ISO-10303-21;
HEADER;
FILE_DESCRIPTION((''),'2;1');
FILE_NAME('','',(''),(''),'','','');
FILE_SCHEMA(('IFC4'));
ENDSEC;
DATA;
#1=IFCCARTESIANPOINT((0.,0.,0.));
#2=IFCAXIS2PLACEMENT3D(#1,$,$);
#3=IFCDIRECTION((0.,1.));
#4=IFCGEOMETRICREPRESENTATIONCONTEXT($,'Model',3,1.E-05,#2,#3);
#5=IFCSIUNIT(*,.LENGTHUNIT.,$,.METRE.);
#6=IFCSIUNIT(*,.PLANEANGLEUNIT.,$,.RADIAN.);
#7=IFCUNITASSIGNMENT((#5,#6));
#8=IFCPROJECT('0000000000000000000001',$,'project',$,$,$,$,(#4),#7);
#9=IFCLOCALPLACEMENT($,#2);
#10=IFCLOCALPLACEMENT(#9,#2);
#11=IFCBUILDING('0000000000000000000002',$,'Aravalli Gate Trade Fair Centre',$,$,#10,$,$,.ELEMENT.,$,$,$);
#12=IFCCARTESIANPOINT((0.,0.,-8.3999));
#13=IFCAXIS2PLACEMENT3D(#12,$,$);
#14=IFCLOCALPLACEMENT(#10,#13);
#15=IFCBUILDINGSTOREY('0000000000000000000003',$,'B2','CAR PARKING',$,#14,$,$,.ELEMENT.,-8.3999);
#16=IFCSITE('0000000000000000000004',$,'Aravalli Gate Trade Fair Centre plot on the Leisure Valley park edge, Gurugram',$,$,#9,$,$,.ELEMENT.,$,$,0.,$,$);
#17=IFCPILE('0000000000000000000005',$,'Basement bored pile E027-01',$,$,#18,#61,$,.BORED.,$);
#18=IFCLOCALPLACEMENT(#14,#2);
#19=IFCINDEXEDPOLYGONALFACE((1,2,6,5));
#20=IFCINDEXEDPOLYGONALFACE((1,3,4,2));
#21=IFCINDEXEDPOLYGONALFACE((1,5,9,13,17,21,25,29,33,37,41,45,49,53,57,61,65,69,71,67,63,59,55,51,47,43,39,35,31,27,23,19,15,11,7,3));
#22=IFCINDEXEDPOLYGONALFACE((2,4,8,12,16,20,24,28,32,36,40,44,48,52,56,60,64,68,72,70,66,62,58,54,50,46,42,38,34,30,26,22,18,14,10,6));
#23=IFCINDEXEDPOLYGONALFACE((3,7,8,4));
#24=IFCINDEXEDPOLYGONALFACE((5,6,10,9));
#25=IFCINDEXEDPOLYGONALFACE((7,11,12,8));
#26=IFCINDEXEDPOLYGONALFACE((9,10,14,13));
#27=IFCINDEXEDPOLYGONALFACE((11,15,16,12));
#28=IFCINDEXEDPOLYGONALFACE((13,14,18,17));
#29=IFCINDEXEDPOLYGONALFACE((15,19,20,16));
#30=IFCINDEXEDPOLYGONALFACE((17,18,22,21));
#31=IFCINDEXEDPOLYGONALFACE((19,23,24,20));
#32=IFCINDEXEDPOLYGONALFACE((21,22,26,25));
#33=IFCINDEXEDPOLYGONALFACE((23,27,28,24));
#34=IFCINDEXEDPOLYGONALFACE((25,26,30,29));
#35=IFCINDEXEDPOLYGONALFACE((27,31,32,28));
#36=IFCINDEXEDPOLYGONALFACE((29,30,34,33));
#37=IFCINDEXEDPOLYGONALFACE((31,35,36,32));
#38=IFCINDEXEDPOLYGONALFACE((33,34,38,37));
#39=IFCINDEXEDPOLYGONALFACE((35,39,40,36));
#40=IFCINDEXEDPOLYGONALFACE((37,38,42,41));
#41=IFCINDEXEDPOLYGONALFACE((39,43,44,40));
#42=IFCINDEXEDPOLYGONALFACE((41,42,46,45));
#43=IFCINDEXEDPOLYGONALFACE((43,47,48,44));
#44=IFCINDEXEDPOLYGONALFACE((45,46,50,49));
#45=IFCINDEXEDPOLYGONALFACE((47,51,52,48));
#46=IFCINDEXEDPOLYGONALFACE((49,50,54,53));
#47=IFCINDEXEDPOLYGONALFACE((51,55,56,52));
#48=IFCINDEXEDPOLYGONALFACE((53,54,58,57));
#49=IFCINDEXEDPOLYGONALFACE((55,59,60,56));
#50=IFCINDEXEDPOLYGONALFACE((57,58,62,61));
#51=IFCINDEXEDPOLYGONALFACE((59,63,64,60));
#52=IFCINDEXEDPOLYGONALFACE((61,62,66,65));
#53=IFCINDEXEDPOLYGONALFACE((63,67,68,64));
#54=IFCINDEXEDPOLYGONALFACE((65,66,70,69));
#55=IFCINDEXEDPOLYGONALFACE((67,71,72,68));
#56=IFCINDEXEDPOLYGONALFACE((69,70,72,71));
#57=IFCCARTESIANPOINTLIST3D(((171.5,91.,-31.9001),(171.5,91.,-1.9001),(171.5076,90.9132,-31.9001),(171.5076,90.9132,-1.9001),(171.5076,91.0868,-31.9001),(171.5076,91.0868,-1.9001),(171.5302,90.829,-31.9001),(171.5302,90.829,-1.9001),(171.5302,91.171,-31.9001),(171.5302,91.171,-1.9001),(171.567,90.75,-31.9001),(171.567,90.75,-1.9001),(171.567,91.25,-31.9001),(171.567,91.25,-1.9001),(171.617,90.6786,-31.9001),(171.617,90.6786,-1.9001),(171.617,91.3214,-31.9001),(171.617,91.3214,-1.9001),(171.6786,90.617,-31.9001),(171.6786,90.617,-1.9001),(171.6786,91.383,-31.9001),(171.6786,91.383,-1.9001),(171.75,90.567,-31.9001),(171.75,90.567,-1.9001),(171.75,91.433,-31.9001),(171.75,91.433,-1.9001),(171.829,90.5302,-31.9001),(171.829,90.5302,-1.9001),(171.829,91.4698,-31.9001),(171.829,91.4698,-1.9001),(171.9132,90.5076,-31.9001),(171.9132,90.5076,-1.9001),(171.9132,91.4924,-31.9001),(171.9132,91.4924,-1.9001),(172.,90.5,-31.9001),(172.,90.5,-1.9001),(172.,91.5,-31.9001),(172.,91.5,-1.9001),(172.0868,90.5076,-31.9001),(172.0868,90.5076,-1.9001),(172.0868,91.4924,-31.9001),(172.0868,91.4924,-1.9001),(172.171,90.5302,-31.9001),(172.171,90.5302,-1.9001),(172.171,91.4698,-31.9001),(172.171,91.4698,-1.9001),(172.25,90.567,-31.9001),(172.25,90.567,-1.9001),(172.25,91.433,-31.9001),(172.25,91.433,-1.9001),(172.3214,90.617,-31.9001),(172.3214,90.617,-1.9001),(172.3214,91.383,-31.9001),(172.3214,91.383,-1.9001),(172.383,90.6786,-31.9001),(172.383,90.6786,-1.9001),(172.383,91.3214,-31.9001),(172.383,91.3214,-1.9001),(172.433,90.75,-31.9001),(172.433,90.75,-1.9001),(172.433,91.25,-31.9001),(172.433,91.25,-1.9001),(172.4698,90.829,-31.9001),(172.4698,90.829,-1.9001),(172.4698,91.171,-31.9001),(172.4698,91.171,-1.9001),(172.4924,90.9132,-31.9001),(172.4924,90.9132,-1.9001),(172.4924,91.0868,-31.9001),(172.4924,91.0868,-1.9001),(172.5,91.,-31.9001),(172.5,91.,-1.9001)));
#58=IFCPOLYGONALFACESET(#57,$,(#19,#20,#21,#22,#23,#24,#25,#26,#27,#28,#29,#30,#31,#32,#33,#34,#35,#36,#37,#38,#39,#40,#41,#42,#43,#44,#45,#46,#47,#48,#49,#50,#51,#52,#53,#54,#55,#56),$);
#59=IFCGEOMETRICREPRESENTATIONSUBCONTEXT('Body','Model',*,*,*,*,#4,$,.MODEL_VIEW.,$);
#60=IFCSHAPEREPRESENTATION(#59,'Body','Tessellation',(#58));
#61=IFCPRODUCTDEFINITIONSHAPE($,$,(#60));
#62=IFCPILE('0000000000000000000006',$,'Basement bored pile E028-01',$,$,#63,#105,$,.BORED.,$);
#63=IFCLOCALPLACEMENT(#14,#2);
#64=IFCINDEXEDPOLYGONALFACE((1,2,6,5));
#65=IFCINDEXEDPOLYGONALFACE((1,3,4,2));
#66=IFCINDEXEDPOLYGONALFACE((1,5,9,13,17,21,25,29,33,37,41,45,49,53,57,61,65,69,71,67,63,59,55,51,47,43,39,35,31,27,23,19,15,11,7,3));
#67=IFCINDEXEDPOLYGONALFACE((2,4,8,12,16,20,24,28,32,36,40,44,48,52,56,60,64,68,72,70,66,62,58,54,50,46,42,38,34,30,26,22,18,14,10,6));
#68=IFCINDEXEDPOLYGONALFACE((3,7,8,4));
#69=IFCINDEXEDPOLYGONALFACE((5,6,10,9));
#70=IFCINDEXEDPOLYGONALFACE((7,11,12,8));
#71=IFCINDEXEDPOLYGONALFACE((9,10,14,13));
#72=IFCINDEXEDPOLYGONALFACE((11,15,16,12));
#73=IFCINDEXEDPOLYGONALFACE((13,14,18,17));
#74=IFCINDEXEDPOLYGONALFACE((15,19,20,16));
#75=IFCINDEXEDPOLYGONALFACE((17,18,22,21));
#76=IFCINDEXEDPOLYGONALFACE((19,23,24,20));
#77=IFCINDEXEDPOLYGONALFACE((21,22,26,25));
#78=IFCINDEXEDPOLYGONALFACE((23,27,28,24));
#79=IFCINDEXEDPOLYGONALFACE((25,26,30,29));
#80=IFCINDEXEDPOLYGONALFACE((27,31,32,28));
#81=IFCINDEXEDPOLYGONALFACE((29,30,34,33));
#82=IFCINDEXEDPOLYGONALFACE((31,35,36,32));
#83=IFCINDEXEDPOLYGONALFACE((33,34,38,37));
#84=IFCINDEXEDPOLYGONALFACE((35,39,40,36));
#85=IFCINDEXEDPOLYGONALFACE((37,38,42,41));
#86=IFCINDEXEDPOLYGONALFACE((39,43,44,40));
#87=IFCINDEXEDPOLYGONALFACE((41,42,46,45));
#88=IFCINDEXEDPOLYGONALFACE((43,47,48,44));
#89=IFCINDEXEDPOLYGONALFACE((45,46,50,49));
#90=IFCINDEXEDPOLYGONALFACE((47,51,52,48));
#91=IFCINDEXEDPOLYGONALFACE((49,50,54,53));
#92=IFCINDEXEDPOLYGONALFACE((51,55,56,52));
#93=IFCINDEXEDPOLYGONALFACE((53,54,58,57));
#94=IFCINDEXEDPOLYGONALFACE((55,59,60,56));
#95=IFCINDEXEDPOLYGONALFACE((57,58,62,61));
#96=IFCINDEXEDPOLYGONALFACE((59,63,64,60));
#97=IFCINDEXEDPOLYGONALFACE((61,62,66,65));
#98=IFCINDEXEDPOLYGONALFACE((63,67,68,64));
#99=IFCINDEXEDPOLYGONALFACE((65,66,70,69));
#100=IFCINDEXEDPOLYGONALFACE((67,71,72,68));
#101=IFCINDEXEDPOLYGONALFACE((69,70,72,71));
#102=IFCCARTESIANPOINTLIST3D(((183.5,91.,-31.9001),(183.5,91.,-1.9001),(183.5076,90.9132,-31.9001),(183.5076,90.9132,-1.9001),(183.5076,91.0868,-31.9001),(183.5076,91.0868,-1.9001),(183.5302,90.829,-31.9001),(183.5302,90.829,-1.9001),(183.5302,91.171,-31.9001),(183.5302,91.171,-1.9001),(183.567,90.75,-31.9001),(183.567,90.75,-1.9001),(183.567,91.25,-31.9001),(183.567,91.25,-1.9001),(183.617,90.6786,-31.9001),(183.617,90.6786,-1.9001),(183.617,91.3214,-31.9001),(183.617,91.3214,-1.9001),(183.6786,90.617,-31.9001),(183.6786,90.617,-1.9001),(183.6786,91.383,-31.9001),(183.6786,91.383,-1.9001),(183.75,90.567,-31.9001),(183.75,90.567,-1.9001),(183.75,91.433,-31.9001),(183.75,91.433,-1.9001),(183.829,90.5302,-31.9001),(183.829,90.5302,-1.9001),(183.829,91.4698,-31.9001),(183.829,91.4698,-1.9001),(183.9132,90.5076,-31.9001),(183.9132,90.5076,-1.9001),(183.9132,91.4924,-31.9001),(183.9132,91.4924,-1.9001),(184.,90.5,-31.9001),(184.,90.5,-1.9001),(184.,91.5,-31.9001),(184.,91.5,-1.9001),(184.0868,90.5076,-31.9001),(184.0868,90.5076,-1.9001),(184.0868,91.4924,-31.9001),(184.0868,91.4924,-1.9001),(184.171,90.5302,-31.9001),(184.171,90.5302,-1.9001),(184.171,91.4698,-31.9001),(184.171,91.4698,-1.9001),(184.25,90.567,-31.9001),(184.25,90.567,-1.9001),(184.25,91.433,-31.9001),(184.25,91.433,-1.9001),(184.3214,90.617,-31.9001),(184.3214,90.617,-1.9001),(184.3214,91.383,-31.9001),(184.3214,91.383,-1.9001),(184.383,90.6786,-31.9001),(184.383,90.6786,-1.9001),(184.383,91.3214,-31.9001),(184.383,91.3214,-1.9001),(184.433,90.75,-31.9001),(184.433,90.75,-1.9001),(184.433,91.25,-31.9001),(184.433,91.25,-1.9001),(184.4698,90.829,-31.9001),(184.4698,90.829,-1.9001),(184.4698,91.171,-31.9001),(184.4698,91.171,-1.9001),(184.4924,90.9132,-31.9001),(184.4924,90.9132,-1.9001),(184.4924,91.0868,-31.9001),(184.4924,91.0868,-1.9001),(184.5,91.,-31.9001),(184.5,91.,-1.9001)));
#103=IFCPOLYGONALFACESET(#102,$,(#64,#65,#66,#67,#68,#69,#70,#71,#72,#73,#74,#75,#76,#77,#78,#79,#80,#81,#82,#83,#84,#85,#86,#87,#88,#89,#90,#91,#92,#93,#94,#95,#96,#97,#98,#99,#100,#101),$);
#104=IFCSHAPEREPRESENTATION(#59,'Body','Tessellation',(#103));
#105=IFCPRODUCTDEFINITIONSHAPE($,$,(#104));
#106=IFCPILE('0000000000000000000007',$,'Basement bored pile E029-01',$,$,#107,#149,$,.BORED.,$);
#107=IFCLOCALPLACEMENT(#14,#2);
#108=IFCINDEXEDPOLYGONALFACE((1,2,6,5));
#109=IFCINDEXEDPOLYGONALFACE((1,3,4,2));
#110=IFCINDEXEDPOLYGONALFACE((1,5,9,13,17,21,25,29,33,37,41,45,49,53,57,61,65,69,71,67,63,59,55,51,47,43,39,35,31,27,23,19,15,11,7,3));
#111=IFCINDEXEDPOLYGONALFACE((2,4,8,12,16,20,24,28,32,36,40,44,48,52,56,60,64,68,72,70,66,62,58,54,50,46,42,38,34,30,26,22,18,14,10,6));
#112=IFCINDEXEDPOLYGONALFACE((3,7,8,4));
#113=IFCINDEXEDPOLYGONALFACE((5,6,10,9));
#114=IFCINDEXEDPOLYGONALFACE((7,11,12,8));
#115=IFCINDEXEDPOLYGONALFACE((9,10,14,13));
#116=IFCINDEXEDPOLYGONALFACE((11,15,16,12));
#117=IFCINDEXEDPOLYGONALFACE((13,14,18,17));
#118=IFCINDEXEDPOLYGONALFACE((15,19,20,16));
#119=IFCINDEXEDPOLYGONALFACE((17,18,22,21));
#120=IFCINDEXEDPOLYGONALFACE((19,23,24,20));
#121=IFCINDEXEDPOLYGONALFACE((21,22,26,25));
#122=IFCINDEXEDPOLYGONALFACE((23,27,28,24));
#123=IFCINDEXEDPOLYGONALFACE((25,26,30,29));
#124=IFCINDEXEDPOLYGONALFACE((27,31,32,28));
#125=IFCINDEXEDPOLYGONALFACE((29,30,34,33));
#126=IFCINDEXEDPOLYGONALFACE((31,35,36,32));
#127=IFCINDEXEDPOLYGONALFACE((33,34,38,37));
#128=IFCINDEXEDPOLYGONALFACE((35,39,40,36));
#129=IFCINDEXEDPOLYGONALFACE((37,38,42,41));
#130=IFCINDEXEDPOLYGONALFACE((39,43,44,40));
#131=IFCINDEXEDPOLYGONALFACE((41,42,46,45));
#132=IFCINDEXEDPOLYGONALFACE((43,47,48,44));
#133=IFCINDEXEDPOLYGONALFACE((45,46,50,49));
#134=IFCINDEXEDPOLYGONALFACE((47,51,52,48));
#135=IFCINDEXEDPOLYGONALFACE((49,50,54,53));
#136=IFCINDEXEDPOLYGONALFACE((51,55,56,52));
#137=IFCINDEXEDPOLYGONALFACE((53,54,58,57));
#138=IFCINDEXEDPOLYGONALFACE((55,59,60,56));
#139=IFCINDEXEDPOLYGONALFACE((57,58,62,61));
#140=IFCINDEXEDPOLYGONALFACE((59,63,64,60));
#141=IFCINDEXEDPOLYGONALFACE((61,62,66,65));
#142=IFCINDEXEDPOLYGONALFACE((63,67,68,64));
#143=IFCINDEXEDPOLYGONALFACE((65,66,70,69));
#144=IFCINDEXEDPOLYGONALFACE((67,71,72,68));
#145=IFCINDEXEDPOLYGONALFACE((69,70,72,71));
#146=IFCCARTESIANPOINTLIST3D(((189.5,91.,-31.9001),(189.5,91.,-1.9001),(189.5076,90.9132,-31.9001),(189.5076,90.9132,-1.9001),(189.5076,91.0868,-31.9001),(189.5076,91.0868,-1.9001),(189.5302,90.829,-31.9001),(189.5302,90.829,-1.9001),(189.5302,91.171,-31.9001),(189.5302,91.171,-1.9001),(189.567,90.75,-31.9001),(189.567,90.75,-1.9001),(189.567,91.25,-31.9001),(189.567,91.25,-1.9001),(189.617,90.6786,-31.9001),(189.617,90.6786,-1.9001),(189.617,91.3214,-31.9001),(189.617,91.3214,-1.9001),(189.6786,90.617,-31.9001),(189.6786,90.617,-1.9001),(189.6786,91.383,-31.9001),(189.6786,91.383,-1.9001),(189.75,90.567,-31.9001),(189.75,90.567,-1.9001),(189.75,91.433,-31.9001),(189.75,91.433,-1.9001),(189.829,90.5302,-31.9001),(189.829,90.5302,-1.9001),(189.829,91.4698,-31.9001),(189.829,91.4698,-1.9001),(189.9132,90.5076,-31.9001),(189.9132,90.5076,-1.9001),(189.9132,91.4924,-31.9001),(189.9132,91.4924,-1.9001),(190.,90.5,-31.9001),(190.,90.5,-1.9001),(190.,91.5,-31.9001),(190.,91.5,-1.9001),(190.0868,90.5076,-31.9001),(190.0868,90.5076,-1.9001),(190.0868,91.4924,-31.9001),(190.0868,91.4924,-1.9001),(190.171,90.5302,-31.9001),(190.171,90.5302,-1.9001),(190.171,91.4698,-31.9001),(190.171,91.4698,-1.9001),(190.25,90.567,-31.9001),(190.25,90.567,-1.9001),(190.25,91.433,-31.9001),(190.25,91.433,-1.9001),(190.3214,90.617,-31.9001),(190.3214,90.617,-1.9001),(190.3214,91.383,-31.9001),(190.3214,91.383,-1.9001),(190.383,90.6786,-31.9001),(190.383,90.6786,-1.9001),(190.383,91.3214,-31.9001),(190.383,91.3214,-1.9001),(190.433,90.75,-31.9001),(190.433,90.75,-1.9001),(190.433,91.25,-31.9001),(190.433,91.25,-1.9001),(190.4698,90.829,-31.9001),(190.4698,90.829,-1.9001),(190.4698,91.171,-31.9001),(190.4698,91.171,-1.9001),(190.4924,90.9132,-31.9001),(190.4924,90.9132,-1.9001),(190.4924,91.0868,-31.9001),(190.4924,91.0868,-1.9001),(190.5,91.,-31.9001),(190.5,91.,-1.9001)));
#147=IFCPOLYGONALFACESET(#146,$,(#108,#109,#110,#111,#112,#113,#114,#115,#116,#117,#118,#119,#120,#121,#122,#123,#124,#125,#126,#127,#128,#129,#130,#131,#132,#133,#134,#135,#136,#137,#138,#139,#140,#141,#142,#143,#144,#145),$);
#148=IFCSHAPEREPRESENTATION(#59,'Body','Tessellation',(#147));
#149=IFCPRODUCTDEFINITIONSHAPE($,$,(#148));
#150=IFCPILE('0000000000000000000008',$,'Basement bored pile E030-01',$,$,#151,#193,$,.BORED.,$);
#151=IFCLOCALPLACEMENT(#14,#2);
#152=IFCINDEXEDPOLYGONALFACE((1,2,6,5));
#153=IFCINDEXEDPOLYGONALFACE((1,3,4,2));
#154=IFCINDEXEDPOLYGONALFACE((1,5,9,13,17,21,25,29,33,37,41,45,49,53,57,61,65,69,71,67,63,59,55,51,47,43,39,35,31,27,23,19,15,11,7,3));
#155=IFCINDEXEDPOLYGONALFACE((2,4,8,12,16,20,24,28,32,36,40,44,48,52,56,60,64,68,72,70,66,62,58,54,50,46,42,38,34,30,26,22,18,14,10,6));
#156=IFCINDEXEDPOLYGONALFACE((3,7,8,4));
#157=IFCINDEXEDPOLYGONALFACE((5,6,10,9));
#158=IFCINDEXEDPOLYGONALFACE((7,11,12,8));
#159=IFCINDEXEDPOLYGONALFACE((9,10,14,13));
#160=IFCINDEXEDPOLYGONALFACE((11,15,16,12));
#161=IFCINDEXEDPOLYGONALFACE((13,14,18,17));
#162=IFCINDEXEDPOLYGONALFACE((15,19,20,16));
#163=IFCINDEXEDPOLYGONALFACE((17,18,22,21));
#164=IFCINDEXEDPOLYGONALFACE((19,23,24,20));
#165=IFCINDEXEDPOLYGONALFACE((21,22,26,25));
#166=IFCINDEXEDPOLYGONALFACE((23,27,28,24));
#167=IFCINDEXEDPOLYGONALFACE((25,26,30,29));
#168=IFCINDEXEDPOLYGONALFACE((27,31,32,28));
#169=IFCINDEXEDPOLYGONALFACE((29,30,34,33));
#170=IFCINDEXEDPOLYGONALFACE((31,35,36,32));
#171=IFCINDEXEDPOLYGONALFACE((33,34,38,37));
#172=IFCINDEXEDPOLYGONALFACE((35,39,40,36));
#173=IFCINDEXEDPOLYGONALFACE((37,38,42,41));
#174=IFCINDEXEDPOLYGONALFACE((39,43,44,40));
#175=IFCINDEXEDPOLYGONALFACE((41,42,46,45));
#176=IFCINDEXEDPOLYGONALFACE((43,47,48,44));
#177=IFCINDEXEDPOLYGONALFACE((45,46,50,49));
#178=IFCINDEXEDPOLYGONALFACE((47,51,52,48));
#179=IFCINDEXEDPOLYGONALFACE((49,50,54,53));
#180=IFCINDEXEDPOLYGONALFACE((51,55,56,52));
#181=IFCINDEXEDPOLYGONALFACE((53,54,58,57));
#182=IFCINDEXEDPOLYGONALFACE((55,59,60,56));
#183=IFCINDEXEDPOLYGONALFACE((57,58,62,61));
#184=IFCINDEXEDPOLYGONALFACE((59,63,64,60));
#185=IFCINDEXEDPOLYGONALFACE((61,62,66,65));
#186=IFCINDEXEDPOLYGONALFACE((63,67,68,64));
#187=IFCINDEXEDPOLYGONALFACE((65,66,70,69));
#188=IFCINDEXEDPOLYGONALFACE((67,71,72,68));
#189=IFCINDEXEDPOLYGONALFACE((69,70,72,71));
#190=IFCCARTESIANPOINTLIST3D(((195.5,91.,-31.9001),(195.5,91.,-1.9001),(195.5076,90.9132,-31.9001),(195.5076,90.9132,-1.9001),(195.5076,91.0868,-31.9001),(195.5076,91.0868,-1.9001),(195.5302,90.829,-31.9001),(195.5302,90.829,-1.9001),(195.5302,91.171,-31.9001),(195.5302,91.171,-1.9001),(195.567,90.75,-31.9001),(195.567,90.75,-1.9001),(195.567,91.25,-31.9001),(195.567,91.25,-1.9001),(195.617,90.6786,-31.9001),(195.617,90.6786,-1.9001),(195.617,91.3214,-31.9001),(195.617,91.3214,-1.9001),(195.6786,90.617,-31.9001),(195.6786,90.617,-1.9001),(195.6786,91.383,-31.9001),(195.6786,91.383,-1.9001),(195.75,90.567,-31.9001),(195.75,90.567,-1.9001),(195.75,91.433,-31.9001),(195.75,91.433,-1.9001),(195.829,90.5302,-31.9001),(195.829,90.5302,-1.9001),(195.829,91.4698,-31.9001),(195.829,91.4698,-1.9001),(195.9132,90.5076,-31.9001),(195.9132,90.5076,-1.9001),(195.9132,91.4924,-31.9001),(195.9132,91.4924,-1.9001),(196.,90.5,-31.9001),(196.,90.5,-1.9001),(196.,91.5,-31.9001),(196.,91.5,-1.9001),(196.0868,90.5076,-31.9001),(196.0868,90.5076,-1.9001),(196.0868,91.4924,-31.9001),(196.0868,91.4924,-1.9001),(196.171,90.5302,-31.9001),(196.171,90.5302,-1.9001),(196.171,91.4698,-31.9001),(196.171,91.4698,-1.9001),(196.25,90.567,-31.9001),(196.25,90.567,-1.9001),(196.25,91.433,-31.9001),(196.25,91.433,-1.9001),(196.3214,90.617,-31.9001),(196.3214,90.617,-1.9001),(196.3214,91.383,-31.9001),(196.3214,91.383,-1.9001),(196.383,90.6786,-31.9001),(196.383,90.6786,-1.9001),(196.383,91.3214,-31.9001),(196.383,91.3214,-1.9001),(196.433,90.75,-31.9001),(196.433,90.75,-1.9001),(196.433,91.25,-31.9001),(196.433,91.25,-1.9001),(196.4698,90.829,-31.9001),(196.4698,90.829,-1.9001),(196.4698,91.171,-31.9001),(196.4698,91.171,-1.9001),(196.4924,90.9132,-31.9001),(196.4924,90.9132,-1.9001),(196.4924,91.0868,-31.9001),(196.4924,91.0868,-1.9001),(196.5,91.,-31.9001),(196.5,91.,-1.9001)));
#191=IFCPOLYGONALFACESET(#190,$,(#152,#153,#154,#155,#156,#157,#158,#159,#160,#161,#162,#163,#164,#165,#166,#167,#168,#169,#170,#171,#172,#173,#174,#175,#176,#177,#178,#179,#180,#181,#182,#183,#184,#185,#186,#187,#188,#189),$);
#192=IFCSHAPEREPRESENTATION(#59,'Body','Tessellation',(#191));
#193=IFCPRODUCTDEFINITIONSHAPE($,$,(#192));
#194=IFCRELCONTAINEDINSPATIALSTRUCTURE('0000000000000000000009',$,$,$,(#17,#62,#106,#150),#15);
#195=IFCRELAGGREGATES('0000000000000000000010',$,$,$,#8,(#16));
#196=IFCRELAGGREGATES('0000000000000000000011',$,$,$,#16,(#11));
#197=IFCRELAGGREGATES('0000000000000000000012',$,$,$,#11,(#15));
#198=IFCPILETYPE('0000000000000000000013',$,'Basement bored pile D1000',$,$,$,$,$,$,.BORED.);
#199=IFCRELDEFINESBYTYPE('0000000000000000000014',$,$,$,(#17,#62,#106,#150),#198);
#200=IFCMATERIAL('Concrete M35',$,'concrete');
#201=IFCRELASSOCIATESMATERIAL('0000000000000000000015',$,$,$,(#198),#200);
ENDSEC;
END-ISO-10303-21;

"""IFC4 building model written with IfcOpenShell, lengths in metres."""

from ifc_helpers import new_model, si_unit, direction, frame, origin, origin_2d, place, context, subcontext, project, spatial, circle, extrude, material, material_profile, profile_set, type_object, element, save


model = new_model("IFC4")

# Units and contexts
model_context = context("Model", 3, precision=1e-05, world=origin(), true_north=direction((0.0, 1.0)))
body_context = subcontext(model_context, "Body", "Model", "MODEL_VIEW")
ifc_project = project(units=[si_unit("LENGTHUNIT", "METRE"), si_unit("PLANEANGLEUNIT", "RADIAN")], contexts=[model_context])

# Site, building, storey
site_placement = place(None, origin())
site = spatial("IfcSite", under=ifc_project, at=site_placement, Name="Aravalli Gate Trade Fair Centre plot on the Leisure Valley park edge, Gurugram", CompositionType="ELEMENT", RefElevation=0.0)
building_placement = place(site_placement, origin())
building = spatial("IfcBuilding", under=site, at=building_placement, Name="Aravalli Gate Trade Fair Centre", CompositionType="ELEMENT")
storey_placement = place(building_placement, frame((0.0, 0.0, -8.3999)))
storey = spatial("IfcBuildingStorey", under=building, at=storey_placement, Name="B2", Description="CAR PARKING", CompositionType="ELEMENT", Elevation=-8.3999)

# Piles
ifc_material_1 = material(Name="Concrete M35", Category="concrete")
ifc_material_profile_1 = material_profile(ifc_material_1, circle(Radius=0.5, at=origin_2d()), Name="D1000")
ifc_profile_set_1 = profile_set([ifc_material_profile_1], Name="Concrete M35")
pile_type = type_object("IfcPileType", Name="Basement bored pile D1000", PredefinedType="BORED", material=ifc_profile_set_1)
for number, where, z_axis, x_axis, name in (
    (1, (172.0, 91.0, -1.9001), (0.0, 0.0, -1.0), (1.0, 0.0, 0.0), "Basement bored pile E027-01"),
    (2, (184.0, 91.0, -1.9001), (0.0, 0.0, -1.0), (1.0, 0.0, 0.0), "Basement bored pile E028-01"),
    (3, (190.0, 91.0, -1.9001), (0.0, 0.0, -1.0), (1.0, 0.0, 0.0), "Basement bored pile E029-01"),
    (4, (196.0, 91.0, -1.9001), (0.0, 0.0, -1.0), (1.0, 0.0, 0.0), "Basement bored pile E030-01"),
):
    element("IfcPile", number, at=place(storey_placement, frame(where, z_axis=z_axis, x_axis=x_axis)), inside=storey, type_object=pile_type, Name=name, PredefinedType="BORED", context=body_context, shape_type="SweptSolid", body=[
        extrude(circle(Radius=0.5, at=origin_2d()), origin(), (0.0, 0.0, 1.0), 30.0),
    ])

save(model, "model.ifc")
